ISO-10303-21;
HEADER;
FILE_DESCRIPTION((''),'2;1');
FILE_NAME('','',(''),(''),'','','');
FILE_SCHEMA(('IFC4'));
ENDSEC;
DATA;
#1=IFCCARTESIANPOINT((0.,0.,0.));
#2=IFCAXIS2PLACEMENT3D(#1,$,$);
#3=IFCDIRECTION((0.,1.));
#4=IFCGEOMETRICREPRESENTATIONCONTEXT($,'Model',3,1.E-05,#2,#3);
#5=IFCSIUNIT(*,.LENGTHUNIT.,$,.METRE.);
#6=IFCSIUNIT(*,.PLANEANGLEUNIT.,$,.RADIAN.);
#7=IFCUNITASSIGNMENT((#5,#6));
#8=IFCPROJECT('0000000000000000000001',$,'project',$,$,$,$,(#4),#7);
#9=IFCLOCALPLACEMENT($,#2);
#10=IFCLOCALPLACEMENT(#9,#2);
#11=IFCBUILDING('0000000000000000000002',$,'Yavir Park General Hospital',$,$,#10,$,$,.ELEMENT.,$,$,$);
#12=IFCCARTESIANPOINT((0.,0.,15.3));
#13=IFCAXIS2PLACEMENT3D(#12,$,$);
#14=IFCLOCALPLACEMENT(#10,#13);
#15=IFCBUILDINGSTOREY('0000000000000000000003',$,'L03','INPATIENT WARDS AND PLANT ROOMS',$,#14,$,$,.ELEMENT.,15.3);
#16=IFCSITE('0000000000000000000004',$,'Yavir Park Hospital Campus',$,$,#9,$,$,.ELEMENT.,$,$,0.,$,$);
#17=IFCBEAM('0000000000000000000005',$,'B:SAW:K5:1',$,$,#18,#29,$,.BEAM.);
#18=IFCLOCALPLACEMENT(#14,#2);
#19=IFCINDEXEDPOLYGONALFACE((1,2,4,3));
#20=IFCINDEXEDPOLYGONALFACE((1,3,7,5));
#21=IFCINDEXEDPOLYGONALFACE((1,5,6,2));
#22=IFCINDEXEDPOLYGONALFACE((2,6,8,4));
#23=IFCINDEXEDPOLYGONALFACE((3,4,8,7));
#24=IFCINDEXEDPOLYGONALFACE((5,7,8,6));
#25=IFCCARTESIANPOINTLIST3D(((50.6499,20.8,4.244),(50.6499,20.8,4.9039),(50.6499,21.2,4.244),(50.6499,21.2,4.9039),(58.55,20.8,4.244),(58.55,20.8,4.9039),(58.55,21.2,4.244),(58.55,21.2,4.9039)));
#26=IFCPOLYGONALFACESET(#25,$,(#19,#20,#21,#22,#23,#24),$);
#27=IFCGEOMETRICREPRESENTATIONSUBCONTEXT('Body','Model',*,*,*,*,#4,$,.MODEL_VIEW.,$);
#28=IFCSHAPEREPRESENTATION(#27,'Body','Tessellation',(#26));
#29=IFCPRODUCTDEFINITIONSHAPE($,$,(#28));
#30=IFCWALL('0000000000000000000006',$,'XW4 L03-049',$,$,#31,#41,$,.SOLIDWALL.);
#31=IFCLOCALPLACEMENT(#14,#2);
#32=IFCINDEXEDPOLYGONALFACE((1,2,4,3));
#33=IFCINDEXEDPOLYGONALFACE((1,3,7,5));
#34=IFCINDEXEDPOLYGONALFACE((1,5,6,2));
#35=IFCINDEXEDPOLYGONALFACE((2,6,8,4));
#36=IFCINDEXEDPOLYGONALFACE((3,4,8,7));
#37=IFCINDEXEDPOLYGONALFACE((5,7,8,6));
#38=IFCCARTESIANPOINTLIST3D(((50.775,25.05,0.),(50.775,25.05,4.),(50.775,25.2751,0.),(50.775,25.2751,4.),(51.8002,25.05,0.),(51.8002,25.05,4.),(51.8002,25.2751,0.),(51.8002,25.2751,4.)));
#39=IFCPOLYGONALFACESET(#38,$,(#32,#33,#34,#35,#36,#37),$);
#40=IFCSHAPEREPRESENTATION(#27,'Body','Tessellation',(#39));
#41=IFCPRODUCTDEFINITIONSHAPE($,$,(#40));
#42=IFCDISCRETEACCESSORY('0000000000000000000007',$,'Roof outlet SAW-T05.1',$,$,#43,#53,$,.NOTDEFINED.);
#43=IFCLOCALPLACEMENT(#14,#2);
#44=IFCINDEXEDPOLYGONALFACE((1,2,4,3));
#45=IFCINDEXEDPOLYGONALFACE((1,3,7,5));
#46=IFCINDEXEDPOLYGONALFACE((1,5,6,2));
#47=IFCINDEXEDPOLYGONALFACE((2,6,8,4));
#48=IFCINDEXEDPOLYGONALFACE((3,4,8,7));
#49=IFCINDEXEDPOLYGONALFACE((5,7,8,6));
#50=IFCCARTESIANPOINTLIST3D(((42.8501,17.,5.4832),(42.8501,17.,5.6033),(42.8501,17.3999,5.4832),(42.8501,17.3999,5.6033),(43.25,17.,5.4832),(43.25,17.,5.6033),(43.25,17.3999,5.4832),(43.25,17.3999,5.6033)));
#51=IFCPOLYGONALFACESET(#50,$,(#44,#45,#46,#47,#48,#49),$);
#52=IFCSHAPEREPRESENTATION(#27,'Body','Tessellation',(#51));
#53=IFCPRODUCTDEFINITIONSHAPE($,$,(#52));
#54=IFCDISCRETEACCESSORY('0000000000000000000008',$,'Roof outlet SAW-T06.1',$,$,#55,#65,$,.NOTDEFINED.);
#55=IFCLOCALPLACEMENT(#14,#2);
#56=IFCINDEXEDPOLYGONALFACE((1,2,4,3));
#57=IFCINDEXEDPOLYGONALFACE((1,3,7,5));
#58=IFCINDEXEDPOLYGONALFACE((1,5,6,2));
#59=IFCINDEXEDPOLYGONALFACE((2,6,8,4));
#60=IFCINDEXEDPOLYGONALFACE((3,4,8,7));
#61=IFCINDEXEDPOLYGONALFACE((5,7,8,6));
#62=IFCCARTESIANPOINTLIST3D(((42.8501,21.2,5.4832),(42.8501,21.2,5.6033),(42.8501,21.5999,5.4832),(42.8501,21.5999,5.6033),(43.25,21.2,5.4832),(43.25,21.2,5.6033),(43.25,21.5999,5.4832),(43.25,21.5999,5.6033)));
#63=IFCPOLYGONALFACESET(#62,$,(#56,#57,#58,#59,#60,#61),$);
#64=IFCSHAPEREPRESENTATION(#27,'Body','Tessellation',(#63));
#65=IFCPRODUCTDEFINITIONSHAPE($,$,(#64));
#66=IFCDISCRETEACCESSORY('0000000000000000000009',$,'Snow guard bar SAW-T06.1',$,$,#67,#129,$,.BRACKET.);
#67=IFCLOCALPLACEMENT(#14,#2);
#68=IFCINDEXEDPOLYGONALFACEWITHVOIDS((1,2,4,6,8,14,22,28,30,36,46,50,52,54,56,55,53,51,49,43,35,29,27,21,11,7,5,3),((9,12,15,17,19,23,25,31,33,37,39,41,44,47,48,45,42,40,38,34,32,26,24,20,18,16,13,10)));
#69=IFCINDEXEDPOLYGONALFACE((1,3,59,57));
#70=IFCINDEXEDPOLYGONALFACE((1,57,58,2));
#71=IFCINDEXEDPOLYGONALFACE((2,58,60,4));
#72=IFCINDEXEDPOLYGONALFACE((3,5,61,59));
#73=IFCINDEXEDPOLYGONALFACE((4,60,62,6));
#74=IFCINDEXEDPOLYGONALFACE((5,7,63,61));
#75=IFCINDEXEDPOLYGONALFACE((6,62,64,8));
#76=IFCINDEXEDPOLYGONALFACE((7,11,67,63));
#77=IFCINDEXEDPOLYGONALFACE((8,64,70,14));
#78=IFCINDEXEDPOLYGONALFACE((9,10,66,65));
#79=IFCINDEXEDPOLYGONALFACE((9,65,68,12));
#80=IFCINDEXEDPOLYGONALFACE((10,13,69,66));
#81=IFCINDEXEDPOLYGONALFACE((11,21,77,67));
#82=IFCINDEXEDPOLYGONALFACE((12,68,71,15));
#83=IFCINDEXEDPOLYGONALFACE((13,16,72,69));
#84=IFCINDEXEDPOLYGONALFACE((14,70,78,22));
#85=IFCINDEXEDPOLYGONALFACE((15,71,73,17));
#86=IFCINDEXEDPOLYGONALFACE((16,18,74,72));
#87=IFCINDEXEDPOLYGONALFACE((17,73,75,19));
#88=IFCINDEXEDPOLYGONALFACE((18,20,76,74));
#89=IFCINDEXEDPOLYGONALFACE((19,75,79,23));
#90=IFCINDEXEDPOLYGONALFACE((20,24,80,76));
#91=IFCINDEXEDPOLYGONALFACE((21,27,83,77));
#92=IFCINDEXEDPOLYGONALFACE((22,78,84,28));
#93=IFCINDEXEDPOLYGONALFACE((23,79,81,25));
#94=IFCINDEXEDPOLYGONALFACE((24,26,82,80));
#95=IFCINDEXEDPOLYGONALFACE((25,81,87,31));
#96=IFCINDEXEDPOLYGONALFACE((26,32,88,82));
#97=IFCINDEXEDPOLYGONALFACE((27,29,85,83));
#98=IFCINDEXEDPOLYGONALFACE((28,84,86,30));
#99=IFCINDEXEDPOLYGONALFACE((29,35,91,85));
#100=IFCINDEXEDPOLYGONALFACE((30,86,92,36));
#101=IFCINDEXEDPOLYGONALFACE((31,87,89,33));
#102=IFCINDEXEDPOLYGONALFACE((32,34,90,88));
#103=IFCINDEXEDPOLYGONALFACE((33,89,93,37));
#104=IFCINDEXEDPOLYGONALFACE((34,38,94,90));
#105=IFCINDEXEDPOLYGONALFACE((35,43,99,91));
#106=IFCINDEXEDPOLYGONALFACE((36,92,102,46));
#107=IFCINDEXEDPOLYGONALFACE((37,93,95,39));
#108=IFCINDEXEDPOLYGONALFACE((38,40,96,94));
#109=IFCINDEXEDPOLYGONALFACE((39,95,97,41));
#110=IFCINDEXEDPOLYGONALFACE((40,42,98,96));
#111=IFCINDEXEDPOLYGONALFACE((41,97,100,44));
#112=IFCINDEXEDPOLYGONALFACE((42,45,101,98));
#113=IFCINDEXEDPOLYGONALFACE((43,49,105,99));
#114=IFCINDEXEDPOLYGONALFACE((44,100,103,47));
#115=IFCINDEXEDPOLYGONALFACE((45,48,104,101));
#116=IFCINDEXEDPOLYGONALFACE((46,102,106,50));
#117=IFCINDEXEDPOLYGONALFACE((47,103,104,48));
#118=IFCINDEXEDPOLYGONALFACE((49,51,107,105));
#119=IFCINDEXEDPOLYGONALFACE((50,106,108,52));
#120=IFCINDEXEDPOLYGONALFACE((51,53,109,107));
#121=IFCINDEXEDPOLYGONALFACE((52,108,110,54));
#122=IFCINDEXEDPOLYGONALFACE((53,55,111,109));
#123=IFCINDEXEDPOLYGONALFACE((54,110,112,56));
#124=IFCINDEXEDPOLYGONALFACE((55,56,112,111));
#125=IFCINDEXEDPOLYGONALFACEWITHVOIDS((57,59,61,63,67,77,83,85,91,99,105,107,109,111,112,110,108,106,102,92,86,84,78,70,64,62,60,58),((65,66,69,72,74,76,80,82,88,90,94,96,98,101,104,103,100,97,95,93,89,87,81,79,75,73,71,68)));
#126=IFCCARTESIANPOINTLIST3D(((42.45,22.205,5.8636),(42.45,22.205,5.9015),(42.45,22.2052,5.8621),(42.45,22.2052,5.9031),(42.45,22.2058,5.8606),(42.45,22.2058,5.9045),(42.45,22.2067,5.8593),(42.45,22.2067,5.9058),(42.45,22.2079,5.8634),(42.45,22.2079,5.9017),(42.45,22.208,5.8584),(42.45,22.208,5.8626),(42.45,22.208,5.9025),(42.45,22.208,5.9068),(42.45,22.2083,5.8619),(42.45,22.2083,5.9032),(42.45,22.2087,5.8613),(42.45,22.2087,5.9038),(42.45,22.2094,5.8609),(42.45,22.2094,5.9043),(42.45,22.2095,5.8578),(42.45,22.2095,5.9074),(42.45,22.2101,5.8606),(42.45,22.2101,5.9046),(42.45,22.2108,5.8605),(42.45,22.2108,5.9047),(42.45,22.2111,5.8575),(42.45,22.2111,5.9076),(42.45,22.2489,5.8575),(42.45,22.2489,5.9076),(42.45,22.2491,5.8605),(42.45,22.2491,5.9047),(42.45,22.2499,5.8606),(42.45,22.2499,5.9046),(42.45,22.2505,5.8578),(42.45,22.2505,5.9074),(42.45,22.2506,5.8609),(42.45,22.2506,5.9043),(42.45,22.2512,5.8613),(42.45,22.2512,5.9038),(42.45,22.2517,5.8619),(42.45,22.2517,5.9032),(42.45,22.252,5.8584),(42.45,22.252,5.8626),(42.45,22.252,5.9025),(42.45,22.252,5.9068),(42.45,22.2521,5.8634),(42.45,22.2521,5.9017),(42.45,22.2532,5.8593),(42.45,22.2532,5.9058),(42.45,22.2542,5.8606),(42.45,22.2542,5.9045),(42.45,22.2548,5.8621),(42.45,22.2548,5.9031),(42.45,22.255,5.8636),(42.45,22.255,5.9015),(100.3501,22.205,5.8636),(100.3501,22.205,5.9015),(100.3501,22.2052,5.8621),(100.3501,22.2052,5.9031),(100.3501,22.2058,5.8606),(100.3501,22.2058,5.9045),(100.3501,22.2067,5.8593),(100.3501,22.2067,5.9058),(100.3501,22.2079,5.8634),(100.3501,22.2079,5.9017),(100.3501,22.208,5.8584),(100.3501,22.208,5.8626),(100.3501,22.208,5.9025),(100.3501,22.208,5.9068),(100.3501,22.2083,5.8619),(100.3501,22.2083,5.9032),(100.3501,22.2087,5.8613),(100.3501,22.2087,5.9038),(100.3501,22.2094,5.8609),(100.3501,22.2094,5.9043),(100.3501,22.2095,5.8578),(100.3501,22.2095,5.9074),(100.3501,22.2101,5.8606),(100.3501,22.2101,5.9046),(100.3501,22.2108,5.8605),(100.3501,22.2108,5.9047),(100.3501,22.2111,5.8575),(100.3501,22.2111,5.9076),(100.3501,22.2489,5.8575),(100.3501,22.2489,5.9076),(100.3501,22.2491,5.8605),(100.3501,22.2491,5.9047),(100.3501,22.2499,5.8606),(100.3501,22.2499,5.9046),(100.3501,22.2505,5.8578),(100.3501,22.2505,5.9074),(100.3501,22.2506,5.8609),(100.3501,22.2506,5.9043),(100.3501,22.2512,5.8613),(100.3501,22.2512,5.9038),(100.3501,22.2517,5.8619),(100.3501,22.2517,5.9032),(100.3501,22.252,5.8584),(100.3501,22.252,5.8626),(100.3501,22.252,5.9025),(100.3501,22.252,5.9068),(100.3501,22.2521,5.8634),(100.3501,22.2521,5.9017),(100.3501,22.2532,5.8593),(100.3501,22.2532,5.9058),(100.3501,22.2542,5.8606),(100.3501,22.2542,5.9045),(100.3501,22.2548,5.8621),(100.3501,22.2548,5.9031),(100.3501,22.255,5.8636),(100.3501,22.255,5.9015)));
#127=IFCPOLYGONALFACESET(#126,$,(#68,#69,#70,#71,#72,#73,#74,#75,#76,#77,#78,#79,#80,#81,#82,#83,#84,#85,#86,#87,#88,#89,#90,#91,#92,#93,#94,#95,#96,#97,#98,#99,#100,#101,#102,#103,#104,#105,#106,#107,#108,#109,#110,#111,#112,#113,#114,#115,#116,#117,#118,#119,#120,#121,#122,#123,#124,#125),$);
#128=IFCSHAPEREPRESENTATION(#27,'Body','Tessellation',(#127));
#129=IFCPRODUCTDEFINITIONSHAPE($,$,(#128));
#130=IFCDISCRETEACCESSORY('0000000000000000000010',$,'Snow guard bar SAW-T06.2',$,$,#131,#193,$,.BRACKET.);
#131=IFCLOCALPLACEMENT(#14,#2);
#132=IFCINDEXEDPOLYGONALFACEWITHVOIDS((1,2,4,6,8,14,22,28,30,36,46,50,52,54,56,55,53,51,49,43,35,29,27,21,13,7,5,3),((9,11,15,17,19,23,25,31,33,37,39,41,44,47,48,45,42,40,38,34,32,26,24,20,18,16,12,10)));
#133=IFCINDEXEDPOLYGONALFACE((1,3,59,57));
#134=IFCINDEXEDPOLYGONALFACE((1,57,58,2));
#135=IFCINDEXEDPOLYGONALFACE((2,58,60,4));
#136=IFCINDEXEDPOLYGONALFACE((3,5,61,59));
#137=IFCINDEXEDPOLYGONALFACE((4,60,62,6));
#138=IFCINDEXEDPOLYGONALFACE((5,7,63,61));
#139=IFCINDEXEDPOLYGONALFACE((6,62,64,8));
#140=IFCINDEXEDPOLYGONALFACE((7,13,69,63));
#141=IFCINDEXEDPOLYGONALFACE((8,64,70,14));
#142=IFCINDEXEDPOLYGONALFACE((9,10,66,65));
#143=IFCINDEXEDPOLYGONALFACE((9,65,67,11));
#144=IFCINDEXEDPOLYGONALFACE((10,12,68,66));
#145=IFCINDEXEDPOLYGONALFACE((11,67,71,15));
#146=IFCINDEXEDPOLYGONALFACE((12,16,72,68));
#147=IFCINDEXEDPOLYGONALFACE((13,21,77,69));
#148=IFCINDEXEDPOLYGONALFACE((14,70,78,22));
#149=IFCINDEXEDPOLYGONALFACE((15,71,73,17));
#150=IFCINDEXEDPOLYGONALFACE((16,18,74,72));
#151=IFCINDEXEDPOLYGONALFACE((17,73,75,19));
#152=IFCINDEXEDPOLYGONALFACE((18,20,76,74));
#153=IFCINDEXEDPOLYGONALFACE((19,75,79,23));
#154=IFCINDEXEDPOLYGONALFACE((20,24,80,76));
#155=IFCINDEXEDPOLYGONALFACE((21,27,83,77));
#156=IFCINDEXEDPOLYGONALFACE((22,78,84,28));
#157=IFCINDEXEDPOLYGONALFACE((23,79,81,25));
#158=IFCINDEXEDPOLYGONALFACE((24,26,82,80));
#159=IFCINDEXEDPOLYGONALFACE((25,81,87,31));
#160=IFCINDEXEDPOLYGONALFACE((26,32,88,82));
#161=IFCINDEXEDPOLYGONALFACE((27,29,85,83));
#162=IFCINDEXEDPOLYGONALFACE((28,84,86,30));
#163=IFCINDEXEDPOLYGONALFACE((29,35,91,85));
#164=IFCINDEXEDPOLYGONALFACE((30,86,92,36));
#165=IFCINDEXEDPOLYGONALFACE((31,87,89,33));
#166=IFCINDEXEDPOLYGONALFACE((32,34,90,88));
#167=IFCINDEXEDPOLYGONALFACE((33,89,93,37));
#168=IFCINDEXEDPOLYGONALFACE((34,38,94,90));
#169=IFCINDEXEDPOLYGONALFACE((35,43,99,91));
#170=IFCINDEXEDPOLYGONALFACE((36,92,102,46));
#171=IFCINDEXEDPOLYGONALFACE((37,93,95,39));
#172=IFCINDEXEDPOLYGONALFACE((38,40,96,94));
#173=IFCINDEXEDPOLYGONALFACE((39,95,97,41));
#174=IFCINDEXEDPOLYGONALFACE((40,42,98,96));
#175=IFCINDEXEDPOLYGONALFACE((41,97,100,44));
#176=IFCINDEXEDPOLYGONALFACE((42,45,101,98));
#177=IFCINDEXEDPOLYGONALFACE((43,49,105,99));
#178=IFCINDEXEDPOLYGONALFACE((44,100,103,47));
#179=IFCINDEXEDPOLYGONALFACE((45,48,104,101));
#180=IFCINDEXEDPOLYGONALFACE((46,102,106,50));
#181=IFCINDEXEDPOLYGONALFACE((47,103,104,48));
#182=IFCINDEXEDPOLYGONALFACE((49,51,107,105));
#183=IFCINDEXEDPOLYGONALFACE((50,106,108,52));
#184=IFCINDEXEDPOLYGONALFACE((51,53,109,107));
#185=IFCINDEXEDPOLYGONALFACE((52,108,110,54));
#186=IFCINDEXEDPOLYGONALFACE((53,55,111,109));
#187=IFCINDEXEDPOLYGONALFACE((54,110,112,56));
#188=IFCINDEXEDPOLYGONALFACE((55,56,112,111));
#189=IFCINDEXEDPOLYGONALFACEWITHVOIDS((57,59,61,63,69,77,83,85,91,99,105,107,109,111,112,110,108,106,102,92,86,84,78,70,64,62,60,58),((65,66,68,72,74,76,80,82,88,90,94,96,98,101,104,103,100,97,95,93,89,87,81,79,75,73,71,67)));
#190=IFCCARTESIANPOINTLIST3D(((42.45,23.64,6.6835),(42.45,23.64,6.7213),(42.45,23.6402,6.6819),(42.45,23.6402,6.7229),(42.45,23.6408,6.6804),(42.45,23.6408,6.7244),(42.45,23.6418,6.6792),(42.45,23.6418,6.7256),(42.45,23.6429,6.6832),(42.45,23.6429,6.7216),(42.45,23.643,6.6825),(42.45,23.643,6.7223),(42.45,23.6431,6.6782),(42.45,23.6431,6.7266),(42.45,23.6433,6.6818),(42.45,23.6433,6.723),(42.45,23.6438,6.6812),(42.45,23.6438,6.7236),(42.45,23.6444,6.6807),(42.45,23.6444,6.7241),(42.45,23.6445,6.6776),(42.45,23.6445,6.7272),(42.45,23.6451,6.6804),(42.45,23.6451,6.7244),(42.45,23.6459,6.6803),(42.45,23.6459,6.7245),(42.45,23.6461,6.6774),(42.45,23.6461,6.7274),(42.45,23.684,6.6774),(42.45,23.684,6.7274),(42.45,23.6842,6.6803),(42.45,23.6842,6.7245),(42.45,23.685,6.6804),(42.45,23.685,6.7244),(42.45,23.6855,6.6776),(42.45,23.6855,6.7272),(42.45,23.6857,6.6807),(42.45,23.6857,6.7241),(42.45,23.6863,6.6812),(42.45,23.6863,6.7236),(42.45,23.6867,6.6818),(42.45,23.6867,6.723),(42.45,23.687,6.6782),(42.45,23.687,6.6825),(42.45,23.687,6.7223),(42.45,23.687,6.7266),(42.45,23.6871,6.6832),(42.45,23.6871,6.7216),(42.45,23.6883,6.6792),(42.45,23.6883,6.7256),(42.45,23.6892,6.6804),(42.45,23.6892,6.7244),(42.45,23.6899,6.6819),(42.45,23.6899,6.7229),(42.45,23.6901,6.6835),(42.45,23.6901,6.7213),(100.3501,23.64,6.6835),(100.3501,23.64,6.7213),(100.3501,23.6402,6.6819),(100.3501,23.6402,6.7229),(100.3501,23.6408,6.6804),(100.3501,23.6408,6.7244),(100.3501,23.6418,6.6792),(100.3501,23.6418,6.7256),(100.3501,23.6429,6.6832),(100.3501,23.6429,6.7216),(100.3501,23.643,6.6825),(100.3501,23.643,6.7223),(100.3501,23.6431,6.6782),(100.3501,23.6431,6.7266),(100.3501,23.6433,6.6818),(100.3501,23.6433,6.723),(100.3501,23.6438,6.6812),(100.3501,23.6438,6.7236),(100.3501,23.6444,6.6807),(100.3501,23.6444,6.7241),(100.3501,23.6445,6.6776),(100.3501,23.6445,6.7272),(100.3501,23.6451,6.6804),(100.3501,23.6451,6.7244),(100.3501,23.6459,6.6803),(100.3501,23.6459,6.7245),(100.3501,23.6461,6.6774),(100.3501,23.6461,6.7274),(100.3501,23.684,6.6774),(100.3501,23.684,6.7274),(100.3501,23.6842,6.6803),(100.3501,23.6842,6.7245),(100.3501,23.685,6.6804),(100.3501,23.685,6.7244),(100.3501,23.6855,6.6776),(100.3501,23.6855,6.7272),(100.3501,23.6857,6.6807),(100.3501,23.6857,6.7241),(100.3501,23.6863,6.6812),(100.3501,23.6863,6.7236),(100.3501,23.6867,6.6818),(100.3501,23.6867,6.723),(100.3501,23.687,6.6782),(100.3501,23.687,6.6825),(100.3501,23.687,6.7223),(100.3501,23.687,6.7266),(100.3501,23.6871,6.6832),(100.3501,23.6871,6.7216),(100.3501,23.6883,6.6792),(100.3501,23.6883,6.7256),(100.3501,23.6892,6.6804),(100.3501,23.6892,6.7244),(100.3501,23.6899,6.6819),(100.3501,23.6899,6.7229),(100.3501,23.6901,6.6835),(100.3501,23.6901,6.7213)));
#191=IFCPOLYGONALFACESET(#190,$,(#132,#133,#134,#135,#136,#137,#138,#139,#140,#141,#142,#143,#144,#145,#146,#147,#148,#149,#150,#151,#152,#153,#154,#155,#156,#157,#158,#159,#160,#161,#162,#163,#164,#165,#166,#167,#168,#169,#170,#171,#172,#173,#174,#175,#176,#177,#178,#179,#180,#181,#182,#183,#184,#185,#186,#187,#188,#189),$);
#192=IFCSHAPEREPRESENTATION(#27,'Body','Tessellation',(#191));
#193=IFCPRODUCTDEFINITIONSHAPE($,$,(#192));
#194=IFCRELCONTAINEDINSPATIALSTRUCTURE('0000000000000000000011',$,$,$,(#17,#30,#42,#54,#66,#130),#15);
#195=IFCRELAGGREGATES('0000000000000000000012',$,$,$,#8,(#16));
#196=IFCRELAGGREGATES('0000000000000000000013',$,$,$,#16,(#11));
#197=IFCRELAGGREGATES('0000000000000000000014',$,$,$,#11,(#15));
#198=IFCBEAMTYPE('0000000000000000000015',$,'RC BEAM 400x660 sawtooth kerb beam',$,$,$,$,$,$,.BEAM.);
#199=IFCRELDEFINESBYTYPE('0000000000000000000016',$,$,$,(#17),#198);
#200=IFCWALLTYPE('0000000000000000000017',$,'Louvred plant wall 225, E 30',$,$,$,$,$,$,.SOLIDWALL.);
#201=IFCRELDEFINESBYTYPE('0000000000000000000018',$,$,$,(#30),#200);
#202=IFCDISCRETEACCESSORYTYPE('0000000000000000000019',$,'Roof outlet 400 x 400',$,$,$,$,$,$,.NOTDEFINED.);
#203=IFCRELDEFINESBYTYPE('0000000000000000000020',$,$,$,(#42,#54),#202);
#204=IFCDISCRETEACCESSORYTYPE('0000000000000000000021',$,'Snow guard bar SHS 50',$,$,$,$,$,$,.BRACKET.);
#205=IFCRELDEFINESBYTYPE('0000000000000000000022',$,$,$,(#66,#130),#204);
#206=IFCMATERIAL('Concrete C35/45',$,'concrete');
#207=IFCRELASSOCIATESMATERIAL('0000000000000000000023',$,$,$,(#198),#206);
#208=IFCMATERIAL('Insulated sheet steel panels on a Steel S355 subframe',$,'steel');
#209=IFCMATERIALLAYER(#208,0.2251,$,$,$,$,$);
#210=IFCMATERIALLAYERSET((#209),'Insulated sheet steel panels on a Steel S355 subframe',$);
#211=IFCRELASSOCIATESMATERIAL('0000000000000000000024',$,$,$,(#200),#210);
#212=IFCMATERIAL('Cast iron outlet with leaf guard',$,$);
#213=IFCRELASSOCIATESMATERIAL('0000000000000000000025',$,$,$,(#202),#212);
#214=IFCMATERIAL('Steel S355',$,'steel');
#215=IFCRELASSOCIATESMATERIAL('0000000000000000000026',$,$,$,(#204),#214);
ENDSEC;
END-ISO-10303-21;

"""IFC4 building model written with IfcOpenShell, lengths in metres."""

from ifc_helpers import new_model, si_unit, direction, frame, frame_2d, origin, origin_2d, place, context, subcontext, project, spatial, rectangle, hollow_rectangle, extrude, material, layer, layer_set, material_profile, profile_set, type_object, element, save


model = new_model("IFC4")

# Units and contexts
model_context = context("Model", 3, precision=1e-05, world=origin(), true_north=direction((0.0, 1.0)))
body_context = subcontext(model_context, "Body", "Model", "MODEL_VIEW")
ifc_project = project(units=[si_unit("LENGTHUNIT", "METRE"), si_unit("PLANEANGLEUNIT", "RADIAN")], contexts=[model_context])

# Site, building, storey
site_placement = place(None, origin())
site = spatial("IfcSite", under=ifc_project, at=site_placement, Name="Yavir Park Hospital Campus", CompositionType="ELEMENT", RefElevation=0.0)
building_placement = place(site_placement, origin())
building = spatial("IfcBuilding", under=site, at=building_placement, Name="Yavir Park General Hospital", CompositionType="ELEMENT")
storey_placement = place(building_placement, frame((0.0, 0.0, 15.3)))
storey = spatial("IfcBuildingStorey", under=building, at=storey_placement, Name="L03", Description="INPATIENT WARDS AND PLANT ROOMS", CompositionType="ELEMENT", Elevation=15.3)

# Beam
ifc_material_1 = material(Name="Concrete C35/45", Category="concrete")
ifc_material_profile_1 = material_profile(ifc_material_1, rectangle(XDim=0.3999, YDim=0.6599, at=origin_2d()), Name="RC400x660")
ifc_profile_set_1 = profile_set([ifc_material_profile_1], Name="Concrete C35/45")
beam_type = type_object("IfcBeamType", Name="RC BEAM 400x660 sawtooth kerb beam", PredefinedType="BEAM", material=ifc_profile_set_1)
beam_placement = place(storey_placement, frame((50.6499, 21.0, 4.574), z_axis=(1.0, 0.0, 0.0), x_axis=(0.0, 1.0, 0.0)))
element("IfcBeam", 1, at=beam_placement, inside=storey, type_object=beam_type, Name="B:SAW:K5:1", PredefinedType="BEAM", context=body_context, shape_type="SweptSolid", body=[
    extrude(rectangle(XDim=0.3999, YDim=0.6599, at=origin_2d()), origin(), (0.0, 0.0, 1.0), 7.9001),
])

# Wall
ifc_material_2 = material(Name="Insulated sheet steel panels on a Steel S355 subframe", Category="steel")
ifc_layer = layer(ifc_material_2, 0.2251)
ifc_layer_set = layer_set([ifc_layer], Name="Insulated sheet steel panels on a Steel S355 subframe")
wall_type = type_object("IfcWallType", Name="Louvred plant wall 225, E 30", PredefinedType="SOLIDWALL", material=ifc_layer_set)
wall_placement = place(storey_placement, frame((50.7749, 25.1626, 0.0), z_axis=(0.0, 0.0, 1.0), x_axis=(1.0, 0.0, 0.0)))
element("IfcWall", 2, at=wall_placement, inside=storey, type_object=wall_type, Name="XW4 L03-049", PredefinedType="SOLIDWALL", context=body_context, shape_type="SweptSolid", body=[
    extrude(rectangle(XDim=1.0251, YDim=0.2251, at=frame_2d((0.5127, 0.0))), origin(), (0.0, 0.0, 1.0), 4.0),
])

# Discrete accessories
ifc_material_3 = material(Name="Cast iron outlet with leaf guard")
discrete_accessory_type_1 = type_object("IfcDiscreteAccessoryType", Name="Roof outlet 400 x 400", PredefinedType="NOTDEFINED", material=ifc_material_3)
for number, where, z_axis, x_axis, name in (
    (3, (43.05, 17.2, 5.4832), (0.0, 0.0, 1.0), (1.0, 0.0, 0.0), "Roof outlet SAW-T05.1"),
    (4, (43.05, 21.3999, 5.4832), (0.0, 0.0, 1.0), (1.0, 0.0, 0.0), "Roof outlet SAW-T06.1"),
):
    element("IfcDiscreteAccessory", number, at=place(storey_placement, frame(where, z_axis=z_axis, x_axis=x_axis)), inside=storey, type_object=discrete_accessory_type_1, Name=name, PredefinedType="NOTDEFINED", context=body_context, shape_type="SweptSolid", body=[
        extrude(rectangle(XDim=0.3999, YDim=0.3999, at=origin_2d()), origin(), (0.0, 0.0, 1.0), 0.1201),
    ])
ifc_material_4 = material(Name="Steel S355", Category="steel")
ifc_material_profile_2 = material_profile(ifc_material_4, hollow_rectangle(XDim=0.05, YDim=0.05, WallThickness=0.0029, InnerFilletRadius=0.0029, OuterFilletRadius=0.0061, at=origin_2d()), Name="RHS50x50x3")
ifc_profile_set_2 = profile_set([ifc_material_profile_2], Name="Steel S355")
discrete_accessory_type_2 = type_object("IfcDiscreteAccessoryType", Name="Snow guard bar SHS 50", PredefinedType="BRACKET", material=ifc_profile_set_2)
for number, where, z_axis, x_axis, name in (
    (5, (42.45, 22.23, 5.8826), (1.0, 0.0, 0.0), (0.0, 1.0, 0.0), "Snow guard bar SAW-T06.1"),
    (6, (42.45, 23.665, 6.7024), (1.0, 0.0, 0.0), (0.0, 1.0, 0.0), "Snow guard bar SAW-T06.2"),
):
    element("IfcDiscreteAccessory", number, at=place(storey_placement, frame(where, z_axis=z_axis, x_axis=x_axis)), inside=storey, type_object=discrete_accessory_type_2, Name=name, PredefinedType="BRACKET", context=body_context, shape_type="SweptSolid", body=[
        extrude(hollow_rectangle(XDim=0.05, YDim=0.05, WallThickness=0.0029, InnerFilletRadius=0.0029, OuterFilletRadius=0.0061, at=origin_2d()), origin(), (0.0, 0.0, 1.0), 57.9001),
    ])

save(model, "model.ifc")
